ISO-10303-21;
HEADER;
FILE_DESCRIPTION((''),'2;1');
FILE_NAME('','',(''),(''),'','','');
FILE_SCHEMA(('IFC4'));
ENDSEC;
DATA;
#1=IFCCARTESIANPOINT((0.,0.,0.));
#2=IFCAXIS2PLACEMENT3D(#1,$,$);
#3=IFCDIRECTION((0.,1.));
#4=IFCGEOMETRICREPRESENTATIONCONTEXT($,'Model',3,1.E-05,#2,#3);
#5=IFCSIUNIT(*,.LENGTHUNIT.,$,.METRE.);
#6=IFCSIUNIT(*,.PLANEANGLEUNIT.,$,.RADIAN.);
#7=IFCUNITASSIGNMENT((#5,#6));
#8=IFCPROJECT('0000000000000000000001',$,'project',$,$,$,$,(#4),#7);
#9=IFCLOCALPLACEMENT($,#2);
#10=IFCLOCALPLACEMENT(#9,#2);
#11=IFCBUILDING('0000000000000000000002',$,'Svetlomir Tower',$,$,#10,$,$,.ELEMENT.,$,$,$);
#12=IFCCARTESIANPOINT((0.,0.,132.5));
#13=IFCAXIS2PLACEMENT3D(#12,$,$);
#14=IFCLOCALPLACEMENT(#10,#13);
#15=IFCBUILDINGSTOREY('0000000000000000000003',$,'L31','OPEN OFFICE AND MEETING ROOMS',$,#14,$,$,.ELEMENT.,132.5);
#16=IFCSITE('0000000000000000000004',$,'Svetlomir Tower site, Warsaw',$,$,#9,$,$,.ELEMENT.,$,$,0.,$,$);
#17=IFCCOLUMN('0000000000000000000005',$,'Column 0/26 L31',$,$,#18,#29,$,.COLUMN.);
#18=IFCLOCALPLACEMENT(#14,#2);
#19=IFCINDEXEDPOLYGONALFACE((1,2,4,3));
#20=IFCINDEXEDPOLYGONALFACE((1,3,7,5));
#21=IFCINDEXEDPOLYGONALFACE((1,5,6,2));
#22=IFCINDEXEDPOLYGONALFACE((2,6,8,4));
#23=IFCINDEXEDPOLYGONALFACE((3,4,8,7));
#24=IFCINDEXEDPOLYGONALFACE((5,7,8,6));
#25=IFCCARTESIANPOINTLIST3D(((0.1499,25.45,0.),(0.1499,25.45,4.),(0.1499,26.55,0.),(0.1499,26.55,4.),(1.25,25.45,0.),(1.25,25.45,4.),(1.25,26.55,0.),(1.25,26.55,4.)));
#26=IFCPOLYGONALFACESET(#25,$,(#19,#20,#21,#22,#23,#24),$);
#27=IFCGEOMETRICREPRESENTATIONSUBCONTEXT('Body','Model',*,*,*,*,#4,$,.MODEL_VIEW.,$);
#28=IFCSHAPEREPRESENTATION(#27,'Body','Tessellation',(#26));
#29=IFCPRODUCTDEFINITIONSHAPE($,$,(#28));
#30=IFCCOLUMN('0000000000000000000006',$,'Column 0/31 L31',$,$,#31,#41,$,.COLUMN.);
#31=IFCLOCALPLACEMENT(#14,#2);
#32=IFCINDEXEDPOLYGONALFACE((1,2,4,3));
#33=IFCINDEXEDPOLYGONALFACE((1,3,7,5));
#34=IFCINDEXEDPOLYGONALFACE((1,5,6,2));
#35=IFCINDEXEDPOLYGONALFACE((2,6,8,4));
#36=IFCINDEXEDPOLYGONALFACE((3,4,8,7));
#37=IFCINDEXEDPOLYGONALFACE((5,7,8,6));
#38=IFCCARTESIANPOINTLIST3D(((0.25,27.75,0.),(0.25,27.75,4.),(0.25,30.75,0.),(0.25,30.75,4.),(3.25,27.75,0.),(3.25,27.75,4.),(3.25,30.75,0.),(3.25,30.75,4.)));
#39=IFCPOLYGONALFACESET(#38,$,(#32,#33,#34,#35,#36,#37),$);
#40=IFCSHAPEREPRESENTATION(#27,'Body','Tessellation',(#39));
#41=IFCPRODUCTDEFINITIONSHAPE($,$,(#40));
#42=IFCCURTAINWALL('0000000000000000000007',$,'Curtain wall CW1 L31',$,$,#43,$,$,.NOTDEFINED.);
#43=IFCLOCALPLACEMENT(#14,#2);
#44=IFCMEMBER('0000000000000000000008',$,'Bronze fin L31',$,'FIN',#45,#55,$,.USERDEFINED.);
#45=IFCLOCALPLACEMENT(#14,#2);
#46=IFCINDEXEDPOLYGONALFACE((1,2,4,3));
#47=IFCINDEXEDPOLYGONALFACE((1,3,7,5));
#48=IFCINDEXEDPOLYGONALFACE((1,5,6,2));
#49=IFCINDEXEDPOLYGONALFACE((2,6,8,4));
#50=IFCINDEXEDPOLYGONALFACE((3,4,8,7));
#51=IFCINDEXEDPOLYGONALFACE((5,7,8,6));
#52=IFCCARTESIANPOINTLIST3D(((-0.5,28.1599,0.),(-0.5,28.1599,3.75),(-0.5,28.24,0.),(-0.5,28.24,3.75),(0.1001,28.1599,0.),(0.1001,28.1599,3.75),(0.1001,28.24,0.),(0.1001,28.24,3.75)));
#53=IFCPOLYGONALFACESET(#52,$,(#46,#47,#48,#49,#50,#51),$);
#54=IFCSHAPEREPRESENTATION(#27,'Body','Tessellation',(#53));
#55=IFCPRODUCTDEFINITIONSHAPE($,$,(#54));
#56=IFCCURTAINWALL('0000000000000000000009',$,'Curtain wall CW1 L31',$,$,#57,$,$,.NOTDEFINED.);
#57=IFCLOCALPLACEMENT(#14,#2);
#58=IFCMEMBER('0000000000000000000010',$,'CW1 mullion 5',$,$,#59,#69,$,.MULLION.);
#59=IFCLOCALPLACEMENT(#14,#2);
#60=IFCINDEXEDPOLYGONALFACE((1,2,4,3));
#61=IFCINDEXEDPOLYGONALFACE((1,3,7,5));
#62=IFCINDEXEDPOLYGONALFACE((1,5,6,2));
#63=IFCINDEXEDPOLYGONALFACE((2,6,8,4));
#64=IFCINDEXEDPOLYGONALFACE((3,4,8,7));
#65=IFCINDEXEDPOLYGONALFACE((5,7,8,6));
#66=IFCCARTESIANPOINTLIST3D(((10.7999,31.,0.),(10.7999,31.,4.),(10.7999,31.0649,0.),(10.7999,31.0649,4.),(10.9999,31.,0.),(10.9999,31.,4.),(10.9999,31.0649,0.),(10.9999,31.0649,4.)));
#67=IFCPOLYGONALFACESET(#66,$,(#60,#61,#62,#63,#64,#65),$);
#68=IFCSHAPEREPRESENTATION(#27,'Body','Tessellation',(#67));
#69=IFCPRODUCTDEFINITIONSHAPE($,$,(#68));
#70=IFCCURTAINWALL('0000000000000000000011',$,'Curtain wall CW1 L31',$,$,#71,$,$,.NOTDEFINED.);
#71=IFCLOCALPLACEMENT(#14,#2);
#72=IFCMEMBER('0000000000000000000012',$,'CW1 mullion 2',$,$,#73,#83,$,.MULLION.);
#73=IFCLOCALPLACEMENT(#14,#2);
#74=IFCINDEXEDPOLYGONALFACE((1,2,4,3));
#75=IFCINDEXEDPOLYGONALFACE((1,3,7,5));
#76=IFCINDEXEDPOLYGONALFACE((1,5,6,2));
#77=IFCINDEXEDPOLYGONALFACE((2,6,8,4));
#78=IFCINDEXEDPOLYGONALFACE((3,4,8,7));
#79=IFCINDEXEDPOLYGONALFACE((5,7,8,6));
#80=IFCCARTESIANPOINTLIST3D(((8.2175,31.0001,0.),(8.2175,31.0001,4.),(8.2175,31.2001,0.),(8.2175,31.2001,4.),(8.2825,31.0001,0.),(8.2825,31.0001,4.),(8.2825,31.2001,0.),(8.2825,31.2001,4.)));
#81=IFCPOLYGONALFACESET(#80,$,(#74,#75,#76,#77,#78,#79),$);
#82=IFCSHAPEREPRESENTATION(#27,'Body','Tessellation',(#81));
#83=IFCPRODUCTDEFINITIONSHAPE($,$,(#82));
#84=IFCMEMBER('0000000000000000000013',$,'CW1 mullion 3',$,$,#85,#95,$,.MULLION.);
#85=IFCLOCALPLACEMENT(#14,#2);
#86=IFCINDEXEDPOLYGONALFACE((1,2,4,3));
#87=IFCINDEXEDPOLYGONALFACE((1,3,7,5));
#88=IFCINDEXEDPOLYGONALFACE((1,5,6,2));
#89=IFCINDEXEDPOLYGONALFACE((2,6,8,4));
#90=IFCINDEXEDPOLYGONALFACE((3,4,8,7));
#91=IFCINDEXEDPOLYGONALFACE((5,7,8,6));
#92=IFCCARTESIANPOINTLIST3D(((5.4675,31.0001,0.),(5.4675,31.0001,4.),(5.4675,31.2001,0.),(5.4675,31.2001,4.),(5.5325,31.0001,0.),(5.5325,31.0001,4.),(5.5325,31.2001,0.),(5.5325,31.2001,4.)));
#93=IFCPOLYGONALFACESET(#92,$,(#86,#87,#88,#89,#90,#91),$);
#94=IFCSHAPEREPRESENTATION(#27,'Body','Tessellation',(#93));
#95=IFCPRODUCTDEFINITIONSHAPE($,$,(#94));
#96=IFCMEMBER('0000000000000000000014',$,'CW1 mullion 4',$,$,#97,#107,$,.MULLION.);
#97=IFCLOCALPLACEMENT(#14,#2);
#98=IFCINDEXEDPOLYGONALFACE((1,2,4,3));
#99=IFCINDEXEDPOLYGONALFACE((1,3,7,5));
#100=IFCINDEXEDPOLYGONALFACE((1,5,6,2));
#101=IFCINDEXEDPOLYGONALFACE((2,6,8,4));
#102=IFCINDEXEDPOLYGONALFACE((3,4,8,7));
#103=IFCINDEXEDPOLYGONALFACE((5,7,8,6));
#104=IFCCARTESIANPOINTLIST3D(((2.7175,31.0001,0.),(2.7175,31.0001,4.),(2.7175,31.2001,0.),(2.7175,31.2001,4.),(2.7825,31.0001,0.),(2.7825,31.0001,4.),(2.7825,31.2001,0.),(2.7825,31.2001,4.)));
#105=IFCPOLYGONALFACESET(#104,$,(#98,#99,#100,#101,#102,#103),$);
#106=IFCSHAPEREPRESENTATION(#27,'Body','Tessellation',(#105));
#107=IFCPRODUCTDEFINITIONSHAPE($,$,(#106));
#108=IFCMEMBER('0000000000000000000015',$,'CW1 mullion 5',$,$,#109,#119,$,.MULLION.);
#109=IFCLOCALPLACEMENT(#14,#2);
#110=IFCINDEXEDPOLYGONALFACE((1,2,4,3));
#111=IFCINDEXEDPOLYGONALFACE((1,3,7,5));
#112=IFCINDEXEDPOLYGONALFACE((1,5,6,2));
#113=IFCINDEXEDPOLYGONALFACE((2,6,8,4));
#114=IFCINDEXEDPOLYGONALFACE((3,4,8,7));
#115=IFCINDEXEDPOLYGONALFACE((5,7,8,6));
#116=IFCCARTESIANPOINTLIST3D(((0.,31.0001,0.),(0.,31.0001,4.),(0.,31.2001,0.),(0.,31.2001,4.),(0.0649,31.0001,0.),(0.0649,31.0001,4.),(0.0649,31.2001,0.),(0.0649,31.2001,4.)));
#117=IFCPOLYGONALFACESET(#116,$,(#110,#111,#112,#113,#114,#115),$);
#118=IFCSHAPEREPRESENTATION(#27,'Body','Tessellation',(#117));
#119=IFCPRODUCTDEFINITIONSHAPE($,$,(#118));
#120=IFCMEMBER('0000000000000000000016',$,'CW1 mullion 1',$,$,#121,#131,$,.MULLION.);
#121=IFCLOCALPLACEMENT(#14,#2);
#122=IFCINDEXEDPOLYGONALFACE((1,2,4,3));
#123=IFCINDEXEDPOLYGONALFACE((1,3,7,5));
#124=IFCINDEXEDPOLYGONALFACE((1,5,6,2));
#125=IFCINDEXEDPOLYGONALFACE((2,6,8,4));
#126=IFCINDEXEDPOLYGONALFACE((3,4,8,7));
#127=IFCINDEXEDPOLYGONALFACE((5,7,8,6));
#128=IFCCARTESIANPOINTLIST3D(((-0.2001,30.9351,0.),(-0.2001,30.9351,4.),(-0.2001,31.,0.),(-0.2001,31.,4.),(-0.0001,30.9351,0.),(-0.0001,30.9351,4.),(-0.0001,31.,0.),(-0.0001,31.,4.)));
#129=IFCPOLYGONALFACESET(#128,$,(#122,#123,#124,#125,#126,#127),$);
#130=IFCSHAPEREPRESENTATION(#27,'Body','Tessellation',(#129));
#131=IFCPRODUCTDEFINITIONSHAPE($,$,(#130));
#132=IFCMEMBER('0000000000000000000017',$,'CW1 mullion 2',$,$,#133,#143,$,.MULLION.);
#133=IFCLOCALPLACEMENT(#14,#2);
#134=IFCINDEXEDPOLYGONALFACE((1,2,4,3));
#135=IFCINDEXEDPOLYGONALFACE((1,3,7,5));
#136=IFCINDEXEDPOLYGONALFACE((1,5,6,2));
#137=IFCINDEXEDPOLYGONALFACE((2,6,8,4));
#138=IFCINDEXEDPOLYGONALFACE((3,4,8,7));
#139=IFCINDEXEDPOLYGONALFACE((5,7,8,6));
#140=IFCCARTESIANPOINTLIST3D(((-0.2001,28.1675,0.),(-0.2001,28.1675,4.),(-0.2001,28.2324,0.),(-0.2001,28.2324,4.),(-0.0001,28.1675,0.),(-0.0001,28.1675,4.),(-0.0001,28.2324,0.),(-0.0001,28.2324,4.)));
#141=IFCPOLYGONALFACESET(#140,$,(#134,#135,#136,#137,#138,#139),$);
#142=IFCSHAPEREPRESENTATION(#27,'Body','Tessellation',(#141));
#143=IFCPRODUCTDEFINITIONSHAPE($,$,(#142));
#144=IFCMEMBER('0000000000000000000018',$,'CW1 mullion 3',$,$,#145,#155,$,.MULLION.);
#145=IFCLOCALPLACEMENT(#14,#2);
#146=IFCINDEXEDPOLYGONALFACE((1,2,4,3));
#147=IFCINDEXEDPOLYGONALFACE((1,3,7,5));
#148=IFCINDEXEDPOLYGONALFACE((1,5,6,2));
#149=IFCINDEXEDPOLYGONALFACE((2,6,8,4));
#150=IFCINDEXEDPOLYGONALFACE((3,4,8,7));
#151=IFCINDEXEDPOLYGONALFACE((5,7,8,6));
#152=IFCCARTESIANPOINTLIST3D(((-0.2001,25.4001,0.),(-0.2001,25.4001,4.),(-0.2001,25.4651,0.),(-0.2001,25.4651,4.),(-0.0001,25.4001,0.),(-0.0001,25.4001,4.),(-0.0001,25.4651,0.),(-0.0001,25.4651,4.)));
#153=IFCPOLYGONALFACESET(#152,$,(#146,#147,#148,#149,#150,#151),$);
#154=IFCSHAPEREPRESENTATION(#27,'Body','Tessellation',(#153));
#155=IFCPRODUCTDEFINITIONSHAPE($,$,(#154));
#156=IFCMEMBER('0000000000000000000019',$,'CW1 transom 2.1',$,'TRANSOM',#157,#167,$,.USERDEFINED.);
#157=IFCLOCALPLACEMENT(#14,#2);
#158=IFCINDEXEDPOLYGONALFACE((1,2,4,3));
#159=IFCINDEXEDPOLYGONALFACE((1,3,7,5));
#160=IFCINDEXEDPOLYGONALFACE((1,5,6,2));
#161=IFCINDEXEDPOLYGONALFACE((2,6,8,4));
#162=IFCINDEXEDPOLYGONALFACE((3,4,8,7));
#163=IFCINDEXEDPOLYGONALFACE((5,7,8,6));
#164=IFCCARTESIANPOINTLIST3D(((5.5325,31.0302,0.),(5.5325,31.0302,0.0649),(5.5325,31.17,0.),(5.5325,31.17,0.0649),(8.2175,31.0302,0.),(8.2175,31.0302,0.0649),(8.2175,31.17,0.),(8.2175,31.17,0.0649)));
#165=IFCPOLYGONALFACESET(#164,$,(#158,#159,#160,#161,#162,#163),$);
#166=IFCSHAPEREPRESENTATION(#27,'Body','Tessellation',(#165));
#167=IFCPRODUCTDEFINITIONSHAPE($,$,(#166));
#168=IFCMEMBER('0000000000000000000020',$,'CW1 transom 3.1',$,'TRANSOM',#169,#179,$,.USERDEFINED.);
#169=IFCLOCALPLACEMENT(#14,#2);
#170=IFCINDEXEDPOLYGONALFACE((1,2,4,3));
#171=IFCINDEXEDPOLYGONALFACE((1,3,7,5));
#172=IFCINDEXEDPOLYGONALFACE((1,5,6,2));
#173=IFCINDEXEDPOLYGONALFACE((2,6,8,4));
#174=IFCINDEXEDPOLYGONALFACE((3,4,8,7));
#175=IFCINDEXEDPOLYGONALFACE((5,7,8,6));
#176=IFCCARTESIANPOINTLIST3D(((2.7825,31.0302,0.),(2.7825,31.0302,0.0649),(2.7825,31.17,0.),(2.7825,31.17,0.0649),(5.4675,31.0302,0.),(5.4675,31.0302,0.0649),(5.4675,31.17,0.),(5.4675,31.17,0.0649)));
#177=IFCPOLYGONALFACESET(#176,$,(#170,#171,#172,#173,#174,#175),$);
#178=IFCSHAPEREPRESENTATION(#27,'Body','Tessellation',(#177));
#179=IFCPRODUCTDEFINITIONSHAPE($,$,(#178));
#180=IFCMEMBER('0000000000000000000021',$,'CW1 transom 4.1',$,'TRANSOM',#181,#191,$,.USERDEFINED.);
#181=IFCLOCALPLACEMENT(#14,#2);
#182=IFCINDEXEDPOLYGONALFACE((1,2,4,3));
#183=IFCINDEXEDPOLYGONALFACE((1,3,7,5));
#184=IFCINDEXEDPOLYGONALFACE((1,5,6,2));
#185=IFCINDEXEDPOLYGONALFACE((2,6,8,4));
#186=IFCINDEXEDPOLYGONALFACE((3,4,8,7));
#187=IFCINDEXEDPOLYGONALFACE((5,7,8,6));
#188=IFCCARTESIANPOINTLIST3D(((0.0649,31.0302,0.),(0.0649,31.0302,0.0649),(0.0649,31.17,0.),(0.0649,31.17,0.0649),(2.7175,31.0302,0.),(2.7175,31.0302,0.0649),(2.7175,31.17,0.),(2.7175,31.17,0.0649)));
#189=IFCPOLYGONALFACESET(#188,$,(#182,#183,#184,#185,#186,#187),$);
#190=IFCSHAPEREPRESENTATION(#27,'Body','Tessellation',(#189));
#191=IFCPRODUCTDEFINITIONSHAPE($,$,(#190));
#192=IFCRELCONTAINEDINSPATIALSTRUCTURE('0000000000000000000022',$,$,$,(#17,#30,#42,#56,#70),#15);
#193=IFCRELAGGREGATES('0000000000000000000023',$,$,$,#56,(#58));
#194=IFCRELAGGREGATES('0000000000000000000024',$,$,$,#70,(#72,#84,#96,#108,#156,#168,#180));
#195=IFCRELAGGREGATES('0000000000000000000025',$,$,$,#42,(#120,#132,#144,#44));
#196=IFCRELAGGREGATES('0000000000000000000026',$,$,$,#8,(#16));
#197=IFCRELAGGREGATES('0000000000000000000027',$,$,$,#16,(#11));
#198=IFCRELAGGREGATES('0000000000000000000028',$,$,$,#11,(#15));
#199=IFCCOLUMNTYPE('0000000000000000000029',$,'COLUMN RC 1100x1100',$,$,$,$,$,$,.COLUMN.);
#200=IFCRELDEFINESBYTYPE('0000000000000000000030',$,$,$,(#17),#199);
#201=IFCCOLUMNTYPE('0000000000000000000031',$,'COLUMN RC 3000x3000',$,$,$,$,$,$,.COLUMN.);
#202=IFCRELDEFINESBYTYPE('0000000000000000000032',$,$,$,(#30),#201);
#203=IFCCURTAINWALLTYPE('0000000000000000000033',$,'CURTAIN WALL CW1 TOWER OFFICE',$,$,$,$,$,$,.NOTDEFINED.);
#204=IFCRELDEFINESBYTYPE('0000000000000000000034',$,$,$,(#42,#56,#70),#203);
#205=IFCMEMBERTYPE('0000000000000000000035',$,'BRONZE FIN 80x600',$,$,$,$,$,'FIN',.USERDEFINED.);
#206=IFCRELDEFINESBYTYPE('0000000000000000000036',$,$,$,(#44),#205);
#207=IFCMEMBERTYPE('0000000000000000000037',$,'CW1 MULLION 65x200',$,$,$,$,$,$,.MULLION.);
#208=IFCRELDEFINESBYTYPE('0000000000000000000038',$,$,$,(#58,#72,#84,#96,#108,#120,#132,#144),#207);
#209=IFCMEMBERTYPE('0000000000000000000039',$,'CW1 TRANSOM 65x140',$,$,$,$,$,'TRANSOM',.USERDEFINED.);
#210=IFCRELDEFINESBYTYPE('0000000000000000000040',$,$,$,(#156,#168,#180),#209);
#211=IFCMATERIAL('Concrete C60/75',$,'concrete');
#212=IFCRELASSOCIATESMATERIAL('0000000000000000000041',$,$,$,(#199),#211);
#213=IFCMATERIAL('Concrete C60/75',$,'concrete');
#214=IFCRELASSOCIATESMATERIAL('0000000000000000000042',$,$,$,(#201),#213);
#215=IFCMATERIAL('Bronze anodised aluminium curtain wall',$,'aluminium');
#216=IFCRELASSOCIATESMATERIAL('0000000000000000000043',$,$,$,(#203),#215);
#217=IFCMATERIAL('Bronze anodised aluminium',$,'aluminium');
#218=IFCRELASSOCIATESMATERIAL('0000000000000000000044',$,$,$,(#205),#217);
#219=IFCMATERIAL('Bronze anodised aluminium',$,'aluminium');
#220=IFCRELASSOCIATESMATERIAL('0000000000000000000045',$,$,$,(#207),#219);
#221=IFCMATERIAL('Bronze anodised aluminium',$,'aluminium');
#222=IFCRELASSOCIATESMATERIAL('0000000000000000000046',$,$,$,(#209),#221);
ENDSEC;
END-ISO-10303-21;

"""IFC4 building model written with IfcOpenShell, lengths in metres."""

from ifc_helpers import new_model, si_unit, direction, frame, origin, origin_2d, place, context, subcontext, project, spatial, rectangle, extrude, material, material_profile, profile_set, type_object, element, aggregate, save


model = new_model("IFC4")

# Units and contexts
model_context = context("Model", 3, precision=1e-05, world=origin(), true_north=direction((0.0, 1.0)))
body_context = subcontext(model_context, "Body", "Model", "MODEL_VIEW")
ifc_project = project(units=[si_unit("LENGTHUNIT", "METRE"), si_unit("PLANEANGLEUNIT", "RADIAN")], contexts=[model_context])

# Site, building, storey
site_placement = place(None, origin())
site = spatial("IfcSite", under=ifc_project, at=site_placement, Name="Svetlomir Tower site, Warsaw", CompositionType="ELEMENT", RefElevation=0.0)
building_placement = place(site_placement, origin())
building = spatial("IfcBuilding", under=site, at=building_placement, Name="Svetlomir Tower", CompositionType="ELEMENT")
storey_placement = place(building_placement, frame((0.0, 0.0, 132.5)))
storey = spatial("IfcBuildingStorey", under=building, at=storey_placement, Name="L31", Description="OPEN OFFICE AND MEETING ROOMS", CompositionType="ELEMENT", Elevation=132.5)

# Columns
ifc_material_1 = material(Name="Concrete C60/75", Category="concrete")
ifc_material_profile_1 = material_profile(ifc_material_1, rectangle(XDim=1.1001, YDim=1.1001, at=origin_2d()), Name="RC 1100x1100")
ifc_profile_set_1 = profile_set([ifc_material_profile_1], Name="Concrete C60/75")
column_type_1 = type_object("IfcColumnType", Name="COLUMN RC 1100x1100", PredefinedType="COLUMN", material=ifc_profile_set_1)
column_1_placement = place(storey_placement, frame((0.7, 26.0, 0.0), z_axis=(0.0, 0.0, 1.0), x_axis=(1.0, 0.0, 0.0)))
element("IfcColumn", 1, at=column_1_placement, inside=storey, type_object=column_type_1, Name="Column 0/26 L31", PredefinedType="COLUMN", context=body_context, shape_type="SweptSolid", body=[
    extrude(rectangle(XDim=1.1001, YDim=1.1001, at=origin_2d()), origin(), (0.0, 0.0, 1.0), 4.0),
])
ifc_material_2 = material(Name="Concrete C60/75", Category="concrete")
ifc_material_profile_2 = material_profile(ifc_material_2, rectangle(XDim=3.0, YDim=3.0, at=origin_2d()), Name="RC 3000x3000")
ifc_profile_set_2 = profile_set([ifc_material_profile_2], Name="Concrete C60/75")
column_type_2 = type_object("IfcColumnType", Name="COLUMN RC 3000x3000", PredefinedType="COLUMN", material=ifc_profile_set_2)
column_2_placement = place(storey_placement, frame((1.75, 29.25, 0.0), z_axis=(0.0, 0.0, 1.0), x_axis=(1.0, 0.0, 0.0)))
element("IfcColumn", 2, at=column_2_placement, inside=storey, type_object=column_type_2, Name="Column 0/31 L31", PredefinedType="COLUMN", context=body_context, shape_type="SweptSolid", body=[
    extrude(rectangle(XDim=3.0, YDim=3.0, at=origin_2d()), origin(), (0.0, 0.0, 1.0), 4.0),
])

# Curtain walls, members
ifc_material_3 = material(Name="Bronze anodised aluminium curtain wall", Category="aluminium")
curtain_wall_type = type_object("IfcCurtainWallType", Name="CURTAIN WALL CW1 TOWER OFFICE", PredefinedType="NOTDEFINED", material=ifc_material_3)
curtain_wall_1_placement = place(storey_placement, origin())
curtain_wall_1 = element("IfcCurtainWall", 3, at=curtain_wall_1_placement, inside=storey, type_object=curtain_wall_type, Name="Curtain wall CW1 L31", PredefinedType="NOTDEFINED")
ifc_material_4 = material(Name="Bronze anodised aluminium", Category="aluminium")
ifc_material_profile_3 = material_profile(ifc_material_4, rectangle(XDim=0.0801, YDim=0.6001, at=origin_2d()), Name="FIN 80x600")
ifc_profile_set_3 = profile_set([ifc_material_profile_3], Name="Bronze anodised aluminium 6063-T6")
member_type_1 = type_object("IfcMemberType", Name="BRONZE FIN 80x600", ElementType="FIN", PredefinedType="USERDEFINED", material=ifc_profile_set_3)
member_1_placement = place(storey_placement, frame((-0.2, 28.2, 0.0), z_axis=(0.0, 0.0, 1.0), x_axis=(0.0, 1.0, 0.0)))
member_1 = element("IfcMember", 4, at=member_1_placement, type_object=member_type_1, Name="Bronze fin L31", ObjectType="FIN", PredefinedType="USERDEFINED", context=body_context, shape_type="SweptSolid", body=[
    extrude(rectangle(XDim=0.0801, YDim=0.6001, at=origin_2d()), origin(), (0.0, 0.0, 1.0), 3.75),
])
curtain_wall_2_placement = place(storey_placement, origin())
curtain_wall_2 = element("IfcCurtainWall", 5, at=curtain_wall_2_placement, inside=storey, type_object=curtain_wall_type, Name="Curtain wall CW1 L31", PredefinedType="NOTDEFINED")
ifc_material_5 = material(Name="Bronze anodised aluminium", Category="aluminium")
ifc_material_profile_4 = material_profile(ifc_material_5, rectangle(XDim=0.0649, YDim=0.2, at=origin_2d()), Name="AL 65x200")
ifc_profile_set_4 = profile_set([ifc_material_profile_4], Name="Bronze anodised aluminium 6063-T6")
member_type_2 = type_object("IfcMemberType", Name="CW1 MULLION 65x200", PredefinedType="MULLION", material=ifc_profile_set_4)
member_2_placement = place(storey_placement, frame((10.8999, 31.0325, 0.0), z_axis=(0.0, 0.0, 1.0), x_axis=(0.0, -1.0, 0.0)))
member_2 = element("IfcMember", 6, at=member_2_placement, type_object=member_type_2, Name="CW1 mullion 5", PredefinedType="MULLION", context=body_context, shape_type="SweptSolid", body=[
    extrude(rectangle(XDim=0.0649, YDim=0.2, at=origin_2d()), origin(), (0.0, 0.0, 1.0), 4.0),
])
aggregate(curtain_wall_2, [member_2])

# Curtain wall, members
curtain_wall_3_placement = place(storey_placement, origin())
curtain_wall_3 = element("IfcCurtainWall", 7, at=curtain_wall_3_placement, inside=storey, type_object=curtain_wall_type, Name="Curtain wall CW1 L31", PredefinedType="NOTDEFINED")
member_3_placement = place(storey_placement, frame((8.25, 31.1001, 0.0), z_axis=(0.0, 0.0, 1.0), x_axis=(-1.0, 0.0, 0.0)))
member_3 = element("IfcMember", 8, at=member_3_placement, type_object=member_type_2, Name="CW1 mullion 2", PredefinedType="MULLION", context=body_context, shape_type="SweptSolid", body=[
    extrude(rectangle(XDim=0.0649, YDim=0.2, at=origin_2d()), origin(), (0.0, 0.0, 1.0), 4.0),
])
member_4_placement = place(storey_placement, frame((5.5, 31.1001, 0.0), z_axis=(0.0, 0.0, 1.0), x_axis=(-1.0, 0.0, 0.0)))
member_4 = element("IfcMember", 9, at=member_4_placement, type_object=member_type_2, Name="CW1 mullion 3", PredefinedType="MULLION", context=body_context, shape_type="SweptSolid", body=[
    extrude(rectangle(XDim=0.0649, YDim=0.2, at=origin_2d()), origin(), (0.0, 0.0, 1.0), 4.0),
])
member_5_placement = place(storey_placement, frame((2.75, 31.1001, 0.0), z_axis=(0.0, 0.0, 1.0), x_axis=(-1.0, 0.0, 0.0)))
member_5 = element("IfcMember", 10, at=member_5_placement, type_object=member_type_2, Name="CW1 mullion 4", PredefinedType="MULLION", context=body_context, shape_type="SweptSolid", body=[
    extrude(rectangle(XDim=0.0649, YDim=0.2, at=origin_2d()), origin(), (0.0, 0.0, 1.0), 4.0),
])
member_6_placement = place(storey_placement, frame((0.0325, 31.1001, 0.0), z_axis=(0.0, 0.0, 1.0), x_axis=(-1.0, 0.0, 0.0)))
member_6 = element("IfcMember", 11, at=member_6_placement, type_object=member_type_2, Name="CW1 mullion 5", PredefinedType="MULLION", context=body_context, shape_type="SweptSolid", body=[
    extrude(rectangle(XDim=0.0649, YDim=0.2, at=origin_2d()), origin(), (0.0, 0.0, 1.0), 4.0),
])

# Members
member_7_placement = place(storey_placement, frame((-0.1001, 30.9675, 0.0), z_axis=(0.0, 0.0, 1.0), x_axis=(0.0, -1.0, 0.0)))
member_7 = element("IfcMember", 12, at=member_7_placement, type_object=member_type_2, Name="CW1 mullion 1", PredefinedType="MULLION", context=body_context, shape_type="SweptSolid", body=[
    extrude(rectangle(XDim=0.0649, YDim=0.2, at=origin_2d()), origin(), (0.0, 0.0, 1.0), 4.0),
])
member_8_placement = place(storey_placement, frame((-0.1001, 28.2, 0.0), z_axis=(0.0, 0.0, 1.0), x_axis=(0.0, -1.0, 0.0)))
member_8 = element("IfcMember", 13, at=member_8_placement, type_object=member_type_2, Name="CW1 mullion 2", PredefinedType="MULLION", context=body_context, shape_type="SweptSolid", body=[
    extrude(rectangle(XDim=0.0649, YDim=0.2, at=origin_2d()), origin(), (0.0, 0.0, 1.0), 4.0),
])
member_9_placement = place(storey_placement, frame((-0.1001, 25.4326, 0.0), z_axis=(0.0, 0.0, 1.0), x_axis=(0.0, -1.0, 0.0)))
member_9 = element("IfcMember", 14, at=member_9_placement, type_object=member_type_2, Name="CW1 mullion 3", PredefinedType="MULLION", context=body_context, shape_type="SweptSolid", body=[
    extrude(rectangle(XDim=0.0649, YDim=0.2, at=origin_2d()), origin(), (0.0, 0.0, 1.0), 4.0),
])
ifc_material_6 = material(Name="Bronze anodised aluminium", Category="aluminium")
ifc_material_profile_5 = material_profile(ifc_material_6, rectangle(XDim=0.1399, YDim=0.0649, at=origin_2d()), Name="AL 140x65")
ifc_profile_set_5 = profile_set([ifc_material_profile_5], Name="Bronze anodised aluminium 6063-T6")
member_type_3 = type_object("IfcMemberType", Name="CW1 TRANSOM 65x140", ElementType="TRANSOM", PredefinedType="USERDEFINED", material=ifc_profile_set_5)
member_10_placement = place(storey_placement, frame((8.2175, 31.1001, 0.0325), z_axis=(-1.0, 0.0, 0.0), x_axis=(0.0, -1.0, 0.0)))
member_10 = element("IfcMember", 15, at=member_10_placement, type_object=member_type_3, Name="CW1 transom 2.1", ObjectType="TRANSOM", PredefinedType="USERDEFINED", context=body_context, shape_type="SweptSolid", body=[
    extrude(rectangle(XDim=0.1399, YDim=0.0649, at=origin_2d()), origin(), (0.0, 0.0, 1.0), 2.6851),
])
member_11_placement = place(storey_placement, frame((5.4675, 31.1001, 0.0325), z_axis=(-1.0, 0.0, 0.0), x_axis=(0.0, -1.0, 0.0)))
member_11 = element("IfcMember", 16, at=member_11_placement, type_object=member_type_3, Name="CW1 transom 3.1", ObjectType="TRANSOM", PredefinedType="USERDEFINED", context=body_context, shape_type="SweptSolid", body=[
    extrude(rectangle(XDim=0.1399, YDim=0.0649, at=origin_2d()), origin(), (0.0, 0.0, 1.0), 2.6851),
])
member_12_placement = place(storey_placement, frame((2.7175, 31.1001, 0.0325), z_axis=(-1.0, 0.0, 0.0), x_axis=(0.0, -1.0, 0.0)))
member_12 = element("IfcMember", 17, at=member_12_placement, type_object=member_type_3, Name="CW1 transom 4.1", ObjectType="TRANSOM", PredefinedType="USERDEFINED", context=body_context, shape_type="SweptSolid", body=[
    extrude(rectangle(XDim=0.1399, YDim=0.0649, at=origin_2d()), origin(), (0.0, 0.0, 1.0), 2.6526),
])

aggregate(curtain_wall_3, [member_3, member_4, member_5, member_6, member_10, member_11, member_12])
aggregate(curtain_wall_1, [member_7, member_8, member_9, member_1])

save(model, "model.ifc")
